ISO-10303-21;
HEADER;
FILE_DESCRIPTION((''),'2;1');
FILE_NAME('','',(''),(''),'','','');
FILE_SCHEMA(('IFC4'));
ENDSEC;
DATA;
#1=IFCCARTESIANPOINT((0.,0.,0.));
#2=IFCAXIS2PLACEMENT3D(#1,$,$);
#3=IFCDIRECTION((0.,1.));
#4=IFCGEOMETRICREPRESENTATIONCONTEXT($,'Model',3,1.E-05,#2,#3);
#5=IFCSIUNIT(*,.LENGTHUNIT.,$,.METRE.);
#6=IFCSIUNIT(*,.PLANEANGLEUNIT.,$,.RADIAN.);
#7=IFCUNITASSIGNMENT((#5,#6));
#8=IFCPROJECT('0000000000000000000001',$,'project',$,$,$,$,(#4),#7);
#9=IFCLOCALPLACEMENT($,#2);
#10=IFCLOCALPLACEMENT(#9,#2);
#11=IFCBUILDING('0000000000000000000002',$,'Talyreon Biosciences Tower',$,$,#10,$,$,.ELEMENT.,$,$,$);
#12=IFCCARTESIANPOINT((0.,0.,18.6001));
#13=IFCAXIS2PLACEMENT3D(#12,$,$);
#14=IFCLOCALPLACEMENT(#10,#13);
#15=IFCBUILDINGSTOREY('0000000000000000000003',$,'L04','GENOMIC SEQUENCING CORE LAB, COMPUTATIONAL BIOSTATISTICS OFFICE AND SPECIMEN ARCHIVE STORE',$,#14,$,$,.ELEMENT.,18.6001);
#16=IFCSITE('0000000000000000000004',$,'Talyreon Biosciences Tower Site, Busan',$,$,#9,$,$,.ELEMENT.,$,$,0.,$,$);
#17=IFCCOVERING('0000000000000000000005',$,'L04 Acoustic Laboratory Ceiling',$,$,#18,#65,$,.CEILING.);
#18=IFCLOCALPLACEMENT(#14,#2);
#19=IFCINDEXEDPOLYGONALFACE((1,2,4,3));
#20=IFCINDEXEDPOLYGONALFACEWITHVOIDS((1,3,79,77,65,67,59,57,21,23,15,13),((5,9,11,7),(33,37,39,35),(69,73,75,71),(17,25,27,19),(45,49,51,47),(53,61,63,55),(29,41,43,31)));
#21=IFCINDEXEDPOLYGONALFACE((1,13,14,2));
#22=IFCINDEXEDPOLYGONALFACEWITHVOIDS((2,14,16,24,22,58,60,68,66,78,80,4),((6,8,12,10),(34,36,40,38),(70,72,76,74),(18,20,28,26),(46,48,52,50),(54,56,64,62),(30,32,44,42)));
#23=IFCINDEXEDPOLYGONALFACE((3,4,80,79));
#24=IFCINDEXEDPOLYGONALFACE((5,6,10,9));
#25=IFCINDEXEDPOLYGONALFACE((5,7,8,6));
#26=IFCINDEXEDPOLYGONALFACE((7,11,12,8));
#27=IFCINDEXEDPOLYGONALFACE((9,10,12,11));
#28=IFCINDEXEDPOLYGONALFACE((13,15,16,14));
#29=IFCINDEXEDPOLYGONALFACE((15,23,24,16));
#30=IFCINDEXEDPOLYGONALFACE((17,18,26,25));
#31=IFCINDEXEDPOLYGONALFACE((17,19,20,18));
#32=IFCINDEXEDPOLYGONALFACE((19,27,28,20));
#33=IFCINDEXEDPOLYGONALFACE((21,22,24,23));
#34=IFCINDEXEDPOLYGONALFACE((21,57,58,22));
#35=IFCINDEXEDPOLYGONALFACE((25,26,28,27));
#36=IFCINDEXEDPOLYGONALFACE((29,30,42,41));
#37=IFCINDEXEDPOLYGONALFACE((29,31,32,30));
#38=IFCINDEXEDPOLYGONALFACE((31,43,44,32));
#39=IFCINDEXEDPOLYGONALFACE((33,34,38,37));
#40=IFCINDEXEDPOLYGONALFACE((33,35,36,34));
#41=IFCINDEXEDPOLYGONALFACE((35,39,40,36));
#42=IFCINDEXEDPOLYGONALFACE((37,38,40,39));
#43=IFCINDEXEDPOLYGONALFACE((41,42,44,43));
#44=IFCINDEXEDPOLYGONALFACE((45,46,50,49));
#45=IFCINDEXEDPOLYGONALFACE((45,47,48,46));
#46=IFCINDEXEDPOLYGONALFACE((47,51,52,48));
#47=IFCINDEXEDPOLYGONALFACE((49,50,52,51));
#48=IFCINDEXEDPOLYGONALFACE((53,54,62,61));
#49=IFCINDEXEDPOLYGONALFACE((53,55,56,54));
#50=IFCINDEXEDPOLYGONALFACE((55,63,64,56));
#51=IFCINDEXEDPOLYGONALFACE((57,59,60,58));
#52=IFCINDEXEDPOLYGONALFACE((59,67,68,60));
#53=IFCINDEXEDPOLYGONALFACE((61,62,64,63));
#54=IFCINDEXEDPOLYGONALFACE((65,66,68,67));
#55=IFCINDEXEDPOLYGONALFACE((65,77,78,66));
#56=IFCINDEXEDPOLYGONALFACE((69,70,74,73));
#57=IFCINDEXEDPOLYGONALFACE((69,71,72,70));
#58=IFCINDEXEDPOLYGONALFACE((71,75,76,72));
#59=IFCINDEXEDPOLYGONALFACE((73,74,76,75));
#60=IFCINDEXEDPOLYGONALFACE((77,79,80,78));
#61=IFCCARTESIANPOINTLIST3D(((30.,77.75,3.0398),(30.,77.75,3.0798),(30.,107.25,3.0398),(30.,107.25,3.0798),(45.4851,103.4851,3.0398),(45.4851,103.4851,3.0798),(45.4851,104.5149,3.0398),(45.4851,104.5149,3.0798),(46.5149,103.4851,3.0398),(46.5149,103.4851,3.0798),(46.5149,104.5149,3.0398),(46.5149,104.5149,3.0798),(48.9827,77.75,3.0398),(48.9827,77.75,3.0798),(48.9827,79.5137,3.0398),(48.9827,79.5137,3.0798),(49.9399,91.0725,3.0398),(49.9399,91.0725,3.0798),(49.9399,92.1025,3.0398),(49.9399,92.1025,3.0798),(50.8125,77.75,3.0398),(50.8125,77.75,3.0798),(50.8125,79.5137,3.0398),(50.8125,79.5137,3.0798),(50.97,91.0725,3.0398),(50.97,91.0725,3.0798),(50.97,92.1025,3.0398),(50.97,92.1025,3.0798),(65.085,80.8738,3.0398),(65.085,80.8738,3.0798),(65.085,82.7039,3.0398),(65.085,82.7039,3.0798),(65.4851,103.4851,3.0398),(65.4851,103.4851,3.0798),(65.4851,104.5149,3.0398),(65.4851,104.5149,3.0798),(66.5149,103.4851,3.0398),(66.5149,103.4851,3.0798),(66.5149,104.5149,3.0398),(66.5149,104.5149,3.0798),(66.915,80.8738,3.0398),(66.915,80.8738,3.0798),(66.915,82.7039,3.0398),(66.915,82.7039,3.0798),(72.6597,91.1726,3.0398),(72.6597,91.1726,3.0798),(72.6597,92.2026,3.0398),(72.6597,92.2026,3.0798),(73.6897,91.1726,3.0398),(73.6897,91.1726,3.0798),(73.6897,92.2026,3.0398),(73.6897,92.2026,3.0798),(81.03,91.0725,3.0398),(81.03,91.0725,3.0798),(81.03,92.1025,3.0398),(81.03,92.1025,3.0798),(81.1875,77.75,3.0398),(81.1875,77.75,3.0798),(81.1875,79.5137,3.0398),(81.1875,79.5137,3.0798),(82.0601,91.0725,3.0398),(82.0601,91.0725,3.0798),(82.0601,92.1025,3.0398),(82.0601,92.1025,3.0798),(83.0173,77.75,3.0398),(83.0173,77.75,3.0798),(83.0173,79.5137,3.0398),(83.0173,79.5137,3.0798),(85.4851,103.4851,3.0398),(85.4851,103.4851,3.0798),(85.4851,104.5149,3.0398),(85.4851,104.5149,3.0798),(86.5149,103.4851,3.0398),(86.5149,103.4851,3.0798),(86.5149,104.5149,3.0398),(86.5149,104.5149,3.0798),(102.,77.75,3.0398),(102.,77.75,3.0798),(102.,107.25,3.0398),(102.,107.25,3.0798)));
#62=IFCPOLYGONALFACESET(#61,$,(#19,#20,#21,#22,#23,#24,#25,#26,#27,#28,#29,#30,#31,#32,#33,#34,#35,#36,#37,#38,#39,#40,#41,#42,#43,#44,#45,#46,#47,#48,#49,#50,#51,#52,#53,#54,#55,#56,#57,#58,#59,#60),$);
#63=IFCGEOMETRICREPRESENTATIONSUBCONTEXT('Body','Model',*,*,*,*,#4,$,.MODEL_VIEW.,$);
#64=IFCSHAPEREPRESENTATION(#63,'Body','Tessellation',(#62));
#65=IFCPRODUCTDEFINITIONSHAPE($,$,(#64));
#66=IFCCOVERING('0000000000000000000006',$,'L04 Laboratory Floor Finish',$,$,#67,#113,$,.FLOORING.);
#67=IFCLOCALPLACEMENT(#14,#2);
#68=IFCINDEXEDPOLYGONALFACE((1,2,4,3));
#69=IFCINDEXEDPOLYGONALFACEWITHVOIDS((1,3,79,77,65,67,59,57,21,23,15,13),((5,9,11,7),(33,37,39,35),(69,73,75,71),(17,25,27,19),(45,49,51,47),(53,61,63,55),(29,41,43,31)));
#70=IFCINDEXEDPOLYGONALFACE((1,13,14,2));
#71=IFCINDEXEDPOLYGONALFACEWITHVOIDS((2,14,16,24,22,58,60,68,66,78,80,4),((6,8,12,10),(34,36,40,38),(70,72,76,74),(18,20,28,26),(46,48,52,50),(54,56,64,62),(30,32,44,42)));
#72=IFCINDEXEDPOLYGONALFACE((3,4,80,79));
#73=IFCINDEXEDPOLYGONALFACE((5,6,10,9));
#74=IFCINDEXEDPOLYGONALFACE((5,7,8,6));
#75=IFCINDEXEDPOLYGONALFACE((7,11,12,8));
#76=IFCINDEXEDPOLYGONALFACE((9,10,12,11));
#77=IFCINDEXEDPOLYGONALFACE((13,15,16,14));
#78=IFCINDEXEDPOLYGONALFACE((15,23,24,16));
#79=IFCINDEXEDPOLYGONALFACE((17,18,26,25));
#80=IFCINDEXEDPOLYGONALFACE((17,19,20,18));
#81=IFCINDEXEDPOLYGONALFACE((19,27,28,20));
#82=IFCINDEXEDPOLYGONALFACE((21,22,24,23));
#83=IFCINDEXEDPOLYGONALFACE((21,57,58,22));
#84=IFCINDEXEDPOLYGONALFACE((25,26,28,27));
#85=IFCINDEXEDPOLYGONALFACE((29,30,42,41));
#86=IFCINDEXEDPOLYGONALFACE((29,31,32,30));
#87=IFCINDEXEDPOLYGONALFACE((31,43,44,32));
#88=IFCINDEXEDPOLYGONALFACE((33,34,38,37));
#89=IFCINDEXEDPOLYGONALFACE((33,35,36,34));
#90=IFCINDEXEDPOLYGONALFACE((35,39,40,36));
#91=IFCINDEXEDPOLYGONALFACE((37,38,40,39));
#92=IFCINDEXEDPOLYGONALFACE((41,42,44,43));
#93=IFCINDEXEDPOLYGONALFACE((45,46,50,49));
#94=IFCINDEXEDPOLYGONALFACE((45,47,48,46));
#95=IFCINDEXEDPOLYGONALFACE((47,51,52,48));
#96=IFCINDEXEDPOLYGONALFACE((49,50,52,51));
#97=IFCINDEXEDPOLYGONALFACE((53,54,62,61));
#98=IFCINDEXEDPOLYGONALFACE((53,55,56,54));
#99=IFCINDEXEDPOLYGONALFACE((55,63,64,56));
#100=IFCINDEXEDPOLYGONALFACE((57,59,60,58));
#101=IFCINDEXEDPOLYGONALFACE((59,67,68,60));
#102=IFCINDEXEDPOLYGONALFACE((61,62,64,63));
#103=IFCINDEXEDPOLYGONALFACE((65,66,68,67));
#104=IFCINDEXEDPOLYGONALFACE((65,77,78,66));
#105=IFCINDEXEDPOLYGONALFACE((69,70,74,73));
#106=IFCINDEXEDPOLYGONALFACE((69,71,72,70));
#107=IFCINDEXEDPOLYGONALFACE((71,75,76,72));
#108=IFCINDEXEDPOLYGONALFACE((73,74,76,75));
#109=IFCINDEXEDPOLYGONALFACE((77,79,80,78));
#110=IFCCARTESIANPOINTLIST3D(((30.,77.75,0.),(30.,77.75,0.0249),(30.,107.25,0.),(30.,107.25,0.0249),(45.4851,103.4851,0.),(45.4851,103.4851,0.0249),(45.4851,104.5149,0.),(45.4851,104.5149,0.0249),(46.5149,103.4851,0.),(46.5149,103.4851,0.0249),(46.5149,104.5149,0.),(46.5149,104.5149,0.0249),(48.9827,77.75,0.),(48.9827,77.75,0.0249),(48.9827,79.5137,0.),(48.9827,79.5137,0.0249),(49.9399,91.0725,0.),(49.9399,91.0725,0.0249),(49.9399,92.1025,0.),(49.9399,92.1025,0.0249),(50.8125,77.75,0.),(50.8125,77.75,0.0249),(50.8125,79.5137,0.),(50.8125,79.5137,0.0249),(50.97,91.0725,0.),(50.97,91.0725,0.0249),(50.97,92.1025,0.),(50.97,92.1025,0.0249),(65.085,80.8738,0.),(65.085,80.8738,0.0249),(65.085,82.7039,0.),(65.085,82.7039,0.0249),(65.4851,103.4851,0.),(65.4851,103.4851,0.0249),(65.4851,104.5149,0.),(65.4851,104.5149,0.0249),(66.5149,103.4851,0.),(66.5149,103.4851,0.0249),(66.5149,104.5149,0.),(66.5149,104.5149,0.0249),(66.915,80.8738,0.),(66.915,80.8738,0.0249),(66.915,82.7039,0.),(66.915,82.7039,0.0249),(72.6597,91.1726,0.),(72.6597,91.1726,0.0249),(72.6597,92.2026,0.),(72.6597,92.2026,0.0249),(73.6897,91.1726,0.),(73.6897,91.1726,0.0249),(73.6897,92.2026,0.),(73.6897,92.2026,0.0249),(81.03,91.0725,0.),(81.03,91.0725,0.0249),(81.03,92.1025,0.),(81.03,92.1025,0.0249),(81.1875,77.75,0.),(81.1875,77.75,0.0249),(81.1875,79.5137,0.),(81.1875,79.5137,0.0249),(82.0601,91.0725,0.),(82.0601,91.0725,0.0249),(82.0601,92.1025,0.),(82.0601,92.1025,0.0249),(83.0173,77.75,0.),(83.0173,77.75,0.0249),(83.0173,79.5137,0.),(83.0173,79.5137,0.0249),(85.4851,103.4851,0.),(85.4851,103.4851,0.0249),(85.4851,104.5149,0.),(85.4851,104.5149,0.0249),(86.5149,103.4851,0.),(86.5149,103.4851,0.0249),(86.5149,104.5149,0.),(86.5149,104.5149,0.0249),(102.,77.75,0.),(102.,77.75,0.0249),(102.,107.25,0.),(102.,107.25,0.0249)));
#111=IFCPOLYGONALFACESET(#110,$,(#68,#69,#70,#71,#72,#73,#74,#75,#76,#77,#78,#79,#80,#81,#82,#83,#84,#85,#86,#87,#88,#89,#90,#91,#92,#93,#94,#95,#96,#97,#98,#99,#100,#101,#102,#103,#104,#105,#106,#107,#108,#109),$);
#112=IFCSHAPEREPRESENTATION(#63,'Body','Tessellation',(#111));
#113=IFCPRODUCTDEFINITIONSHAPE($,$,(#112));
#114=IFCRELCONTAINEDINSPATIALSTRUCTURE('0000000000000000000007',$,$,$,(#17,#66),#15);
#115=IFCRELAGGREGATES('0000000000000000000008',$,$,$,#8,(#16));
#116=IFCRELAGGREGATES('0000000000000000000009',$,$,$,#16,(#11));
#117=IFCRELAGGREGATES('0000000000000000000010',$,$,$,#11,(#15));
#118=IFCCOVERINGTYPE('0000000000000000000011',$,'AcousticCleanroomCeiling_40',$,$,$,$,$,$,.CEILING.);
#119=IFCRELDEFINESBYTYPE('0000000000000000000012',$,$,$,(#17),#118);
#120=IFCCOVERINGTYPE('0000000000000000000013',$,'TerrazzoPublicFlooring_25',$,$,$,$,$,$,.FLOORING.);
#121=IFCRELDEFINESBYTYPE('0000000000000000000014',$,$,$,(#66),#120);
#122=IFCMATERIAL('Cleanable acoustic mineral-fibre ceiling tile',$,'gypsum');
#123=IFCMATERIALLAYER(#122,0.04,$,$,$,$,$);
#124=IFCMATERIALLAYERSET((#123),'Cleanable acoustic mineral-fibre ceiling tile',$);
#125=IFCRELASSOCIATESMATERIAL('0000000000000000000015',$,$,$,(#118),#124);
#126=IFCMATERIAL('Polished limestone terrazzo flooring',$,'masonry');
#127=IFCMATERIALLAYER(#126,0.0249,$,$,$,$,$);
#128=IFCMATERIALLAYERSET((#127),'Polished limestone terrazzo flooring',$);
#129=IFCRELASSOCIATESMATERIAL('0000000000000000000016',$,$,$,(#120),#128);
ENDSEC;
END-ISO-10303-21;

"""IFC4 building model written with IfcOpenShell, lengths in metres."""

from ifc_helpers import new_model, si_unit, direction, frame, origin, place, context, subcontext, project, spatial, polyline, outline, extrude, material, layer, layer_set, type_object, element, save


model = new_model("IFC4")

# Units and contexts
model_context = context("Model", 3, precision=1e-05, world=origin(), true_north=direction((0.0, 1.0)))
body_context = subcontext(model_context, "Body", "Model", "MODEL_VIEW")
ifc_project = project(units=[si_unit("LENGTHUNIT", "METRE"), si_unit("PLANEANGLEUNIT", "RADIAN")], contexts=[model_context])

# Site, building, storey
site_placement = place(None, origin())
site = spatial("IfcSite", under=ifc_project, at=site_placement, Name="Talyreon Biosciences Tower Site, Busan", CompositionType="ELEMENT", RefElevation=0.0)
building_placement = place(site_placement, origin())
building = spatial("IfcBuilding", under=site, at=building_placement, Name="Talyreon Biosciences Tower", CompositionType="ELEMENT")
storey_placement = place(building_placement, frame((0.0, 0.0, 18.6001)))
storey = spatial("IfcBuildingStorey", under=building, at=storey_placement, Name="L04", Description="GENOMIC SEQUENCING CORE LAB, COMPUTATIONAL BIOSTATISTICS OFFICE AND SPECIMEN ARCHIVE STORE", CompositionType="ELEMENT", Elevation=18.6001)

# Coverings
ifc_material_1 = material(Name="Cleanable acoustic mineral-fibre ceiling tile", Category="gypsum")
ifc_layer_1 = layer(ifc_material_1, 0.04)
ifc_layer_set_1 = layer_set([ifc_layer_1], Name="Cleanable acoustic mineral-fibre ceiling tile")
covering_type_1 = type_object("IfcCoveringType", Name="AcousticCleanroomCeiling_40", PredefinedType="CEILING", material=ifc_layer_set_1)
covering_1_placement = place(storey_placement, frame((0.0, 0.0, 3.0398)))
element("IfcCovering", 1, at=covering_1_placement, inside=storey, type_object=covering_type_1, Name="L04 Acoustic Laboratory Ceiling", PredefinedType="CEILING", context=body_context, shape_type="SweptSolid", body=[
    extrude(outline(polyline([(102.0, 77.75), (83.0173, 77.75), (83.0173, 79.5137), (81.1875, 79.5137), (81.1875, 77.75), (50.8125, 77.75), (50.8125, 79.5137), (48.9827, 79.5137), (48.9827, 77.75), (30.0, 77.75), (30.0, 107.25), (102.0, 107.25), (102.0, 77.75)]), holes=[polyline([(65.085, 80.8738), (66.915, 80.8738), (66.915, 82.7039), (65.085, 82.7039), (65.085, 80.8738)]), polyline([(50.97, 92.1025), (49.9399, 92.1025), (49.9399, 91.0725), (50.97, 91.0725), (50.97, 92.1025)]), polyline([(45.4851, 104.5149), (45.4851, 103.4851), (46.5149, 103.4851), (46.5149, 104.5149), (45.4851, 104.5149)]), polyline([(82.0601, 92.1025), (81.03, 92.1025), (81.03, 91.0725), (82.0601, 91.0725), (82.0601, 92.1025)]), polyline([(73.6897, 92.2026), (72.6597, 92.2026), (72.6597, 91.1726), (73.6897, 91.1726), (73.6897, 92.2026)]), polyline([(85.4851, 104.5149), (85.4851, 103.4851), (86.5149, 103.4851), (86.5149, 104.5149), (85.4851, 104.5149)]), polyline([(65.4851, 104.5149), (65.4851, 103.4851), (66.5149, 103.4851), (66.5149, 104.5149), (65.4851, 104.5149)])]), origin(), (0.0, 0.0, 1.0), 0.04),
])
ifc_material_2 = material(Name="Polished limestone terrazzo flooring", Category="masonry")
ifc_layer_2 = layer(ifc_material_2, 0.0249)
ifc_layer_set_2 = layer_set([ifc_layer_2], Name="Polished limestone terrazzo flooring")
covering_type_2 = type_object("IfcCoveringType", Name="TerrazzoPublicFlooring_25", PredefinedType="FLOORING", material=ifc_layer_set_2)
covering_2_placement = place(storey_placement, origin())
element("IfcCovering", 2, at=covering_2_placement, inside=storey, type_object=covering_type_2, Name="L04 Laboratory Floor Finish", PredefinedType="FLOORING", context=body_context, shape_type="SweptSolid", body=[
    extrude(outline(polyline([(102.0, 77.75), (83.0173, 77.75), (83.0173, 79.5137), (81.1875, 79.5137), (81.1875, 77.75), (50.8125, 77.75), (50.8125, 79.5137), (48.9827, 79.5137), (48.9827, 77.75), (30.0, 77.75), (30.0, 107.25), (102.0, 107.25), (102.0, 77.75)]), holes=[polyline([(65.085, 80.8738), (66.915, 80.8738), (66.915, 82.7039), (65.085, 82.7039), (65.085, 80.8738)]), polyline([(50.97, 92.1025), (49.9399, 92.1025), (49.9399, 91.0725), (50.97, 91.0725), (50.97, 92.1025)]), polyline([(45.4851, 104.5149), (45.4851, 103.4851), (46.5149, 103.4851), (46.5149, 104.5149), (45.4851, 104.5149)]), polyline([(82.0601, 92.1025), (81.03, 92.1025), (81.03, 91.0725), (82.0601, 91.0725), (82.0601, 92.1025)]), polyline([(73.6897, 92.2026), (72.6597, 92.2026), (72.6597, 91.1726), (73.6897, 91.1726), (73.6897, 92.2026)]), polyline([(85.4851, 104.5149), (85.4851, 103.4851), (86.5149, 103.4851), (86.5149, 104.5149), (85.4851, 104.5149)]), polyline([(65.4851, 104.5149), (65.4851, 103.4851), (66.5149, 103.4851), (66.5149, 104.5149), (65.4851, 104.5149)])]), origin(), (0.0, 0.0, 1.0), 0.0249),
])

save(model, "model.ifc")
